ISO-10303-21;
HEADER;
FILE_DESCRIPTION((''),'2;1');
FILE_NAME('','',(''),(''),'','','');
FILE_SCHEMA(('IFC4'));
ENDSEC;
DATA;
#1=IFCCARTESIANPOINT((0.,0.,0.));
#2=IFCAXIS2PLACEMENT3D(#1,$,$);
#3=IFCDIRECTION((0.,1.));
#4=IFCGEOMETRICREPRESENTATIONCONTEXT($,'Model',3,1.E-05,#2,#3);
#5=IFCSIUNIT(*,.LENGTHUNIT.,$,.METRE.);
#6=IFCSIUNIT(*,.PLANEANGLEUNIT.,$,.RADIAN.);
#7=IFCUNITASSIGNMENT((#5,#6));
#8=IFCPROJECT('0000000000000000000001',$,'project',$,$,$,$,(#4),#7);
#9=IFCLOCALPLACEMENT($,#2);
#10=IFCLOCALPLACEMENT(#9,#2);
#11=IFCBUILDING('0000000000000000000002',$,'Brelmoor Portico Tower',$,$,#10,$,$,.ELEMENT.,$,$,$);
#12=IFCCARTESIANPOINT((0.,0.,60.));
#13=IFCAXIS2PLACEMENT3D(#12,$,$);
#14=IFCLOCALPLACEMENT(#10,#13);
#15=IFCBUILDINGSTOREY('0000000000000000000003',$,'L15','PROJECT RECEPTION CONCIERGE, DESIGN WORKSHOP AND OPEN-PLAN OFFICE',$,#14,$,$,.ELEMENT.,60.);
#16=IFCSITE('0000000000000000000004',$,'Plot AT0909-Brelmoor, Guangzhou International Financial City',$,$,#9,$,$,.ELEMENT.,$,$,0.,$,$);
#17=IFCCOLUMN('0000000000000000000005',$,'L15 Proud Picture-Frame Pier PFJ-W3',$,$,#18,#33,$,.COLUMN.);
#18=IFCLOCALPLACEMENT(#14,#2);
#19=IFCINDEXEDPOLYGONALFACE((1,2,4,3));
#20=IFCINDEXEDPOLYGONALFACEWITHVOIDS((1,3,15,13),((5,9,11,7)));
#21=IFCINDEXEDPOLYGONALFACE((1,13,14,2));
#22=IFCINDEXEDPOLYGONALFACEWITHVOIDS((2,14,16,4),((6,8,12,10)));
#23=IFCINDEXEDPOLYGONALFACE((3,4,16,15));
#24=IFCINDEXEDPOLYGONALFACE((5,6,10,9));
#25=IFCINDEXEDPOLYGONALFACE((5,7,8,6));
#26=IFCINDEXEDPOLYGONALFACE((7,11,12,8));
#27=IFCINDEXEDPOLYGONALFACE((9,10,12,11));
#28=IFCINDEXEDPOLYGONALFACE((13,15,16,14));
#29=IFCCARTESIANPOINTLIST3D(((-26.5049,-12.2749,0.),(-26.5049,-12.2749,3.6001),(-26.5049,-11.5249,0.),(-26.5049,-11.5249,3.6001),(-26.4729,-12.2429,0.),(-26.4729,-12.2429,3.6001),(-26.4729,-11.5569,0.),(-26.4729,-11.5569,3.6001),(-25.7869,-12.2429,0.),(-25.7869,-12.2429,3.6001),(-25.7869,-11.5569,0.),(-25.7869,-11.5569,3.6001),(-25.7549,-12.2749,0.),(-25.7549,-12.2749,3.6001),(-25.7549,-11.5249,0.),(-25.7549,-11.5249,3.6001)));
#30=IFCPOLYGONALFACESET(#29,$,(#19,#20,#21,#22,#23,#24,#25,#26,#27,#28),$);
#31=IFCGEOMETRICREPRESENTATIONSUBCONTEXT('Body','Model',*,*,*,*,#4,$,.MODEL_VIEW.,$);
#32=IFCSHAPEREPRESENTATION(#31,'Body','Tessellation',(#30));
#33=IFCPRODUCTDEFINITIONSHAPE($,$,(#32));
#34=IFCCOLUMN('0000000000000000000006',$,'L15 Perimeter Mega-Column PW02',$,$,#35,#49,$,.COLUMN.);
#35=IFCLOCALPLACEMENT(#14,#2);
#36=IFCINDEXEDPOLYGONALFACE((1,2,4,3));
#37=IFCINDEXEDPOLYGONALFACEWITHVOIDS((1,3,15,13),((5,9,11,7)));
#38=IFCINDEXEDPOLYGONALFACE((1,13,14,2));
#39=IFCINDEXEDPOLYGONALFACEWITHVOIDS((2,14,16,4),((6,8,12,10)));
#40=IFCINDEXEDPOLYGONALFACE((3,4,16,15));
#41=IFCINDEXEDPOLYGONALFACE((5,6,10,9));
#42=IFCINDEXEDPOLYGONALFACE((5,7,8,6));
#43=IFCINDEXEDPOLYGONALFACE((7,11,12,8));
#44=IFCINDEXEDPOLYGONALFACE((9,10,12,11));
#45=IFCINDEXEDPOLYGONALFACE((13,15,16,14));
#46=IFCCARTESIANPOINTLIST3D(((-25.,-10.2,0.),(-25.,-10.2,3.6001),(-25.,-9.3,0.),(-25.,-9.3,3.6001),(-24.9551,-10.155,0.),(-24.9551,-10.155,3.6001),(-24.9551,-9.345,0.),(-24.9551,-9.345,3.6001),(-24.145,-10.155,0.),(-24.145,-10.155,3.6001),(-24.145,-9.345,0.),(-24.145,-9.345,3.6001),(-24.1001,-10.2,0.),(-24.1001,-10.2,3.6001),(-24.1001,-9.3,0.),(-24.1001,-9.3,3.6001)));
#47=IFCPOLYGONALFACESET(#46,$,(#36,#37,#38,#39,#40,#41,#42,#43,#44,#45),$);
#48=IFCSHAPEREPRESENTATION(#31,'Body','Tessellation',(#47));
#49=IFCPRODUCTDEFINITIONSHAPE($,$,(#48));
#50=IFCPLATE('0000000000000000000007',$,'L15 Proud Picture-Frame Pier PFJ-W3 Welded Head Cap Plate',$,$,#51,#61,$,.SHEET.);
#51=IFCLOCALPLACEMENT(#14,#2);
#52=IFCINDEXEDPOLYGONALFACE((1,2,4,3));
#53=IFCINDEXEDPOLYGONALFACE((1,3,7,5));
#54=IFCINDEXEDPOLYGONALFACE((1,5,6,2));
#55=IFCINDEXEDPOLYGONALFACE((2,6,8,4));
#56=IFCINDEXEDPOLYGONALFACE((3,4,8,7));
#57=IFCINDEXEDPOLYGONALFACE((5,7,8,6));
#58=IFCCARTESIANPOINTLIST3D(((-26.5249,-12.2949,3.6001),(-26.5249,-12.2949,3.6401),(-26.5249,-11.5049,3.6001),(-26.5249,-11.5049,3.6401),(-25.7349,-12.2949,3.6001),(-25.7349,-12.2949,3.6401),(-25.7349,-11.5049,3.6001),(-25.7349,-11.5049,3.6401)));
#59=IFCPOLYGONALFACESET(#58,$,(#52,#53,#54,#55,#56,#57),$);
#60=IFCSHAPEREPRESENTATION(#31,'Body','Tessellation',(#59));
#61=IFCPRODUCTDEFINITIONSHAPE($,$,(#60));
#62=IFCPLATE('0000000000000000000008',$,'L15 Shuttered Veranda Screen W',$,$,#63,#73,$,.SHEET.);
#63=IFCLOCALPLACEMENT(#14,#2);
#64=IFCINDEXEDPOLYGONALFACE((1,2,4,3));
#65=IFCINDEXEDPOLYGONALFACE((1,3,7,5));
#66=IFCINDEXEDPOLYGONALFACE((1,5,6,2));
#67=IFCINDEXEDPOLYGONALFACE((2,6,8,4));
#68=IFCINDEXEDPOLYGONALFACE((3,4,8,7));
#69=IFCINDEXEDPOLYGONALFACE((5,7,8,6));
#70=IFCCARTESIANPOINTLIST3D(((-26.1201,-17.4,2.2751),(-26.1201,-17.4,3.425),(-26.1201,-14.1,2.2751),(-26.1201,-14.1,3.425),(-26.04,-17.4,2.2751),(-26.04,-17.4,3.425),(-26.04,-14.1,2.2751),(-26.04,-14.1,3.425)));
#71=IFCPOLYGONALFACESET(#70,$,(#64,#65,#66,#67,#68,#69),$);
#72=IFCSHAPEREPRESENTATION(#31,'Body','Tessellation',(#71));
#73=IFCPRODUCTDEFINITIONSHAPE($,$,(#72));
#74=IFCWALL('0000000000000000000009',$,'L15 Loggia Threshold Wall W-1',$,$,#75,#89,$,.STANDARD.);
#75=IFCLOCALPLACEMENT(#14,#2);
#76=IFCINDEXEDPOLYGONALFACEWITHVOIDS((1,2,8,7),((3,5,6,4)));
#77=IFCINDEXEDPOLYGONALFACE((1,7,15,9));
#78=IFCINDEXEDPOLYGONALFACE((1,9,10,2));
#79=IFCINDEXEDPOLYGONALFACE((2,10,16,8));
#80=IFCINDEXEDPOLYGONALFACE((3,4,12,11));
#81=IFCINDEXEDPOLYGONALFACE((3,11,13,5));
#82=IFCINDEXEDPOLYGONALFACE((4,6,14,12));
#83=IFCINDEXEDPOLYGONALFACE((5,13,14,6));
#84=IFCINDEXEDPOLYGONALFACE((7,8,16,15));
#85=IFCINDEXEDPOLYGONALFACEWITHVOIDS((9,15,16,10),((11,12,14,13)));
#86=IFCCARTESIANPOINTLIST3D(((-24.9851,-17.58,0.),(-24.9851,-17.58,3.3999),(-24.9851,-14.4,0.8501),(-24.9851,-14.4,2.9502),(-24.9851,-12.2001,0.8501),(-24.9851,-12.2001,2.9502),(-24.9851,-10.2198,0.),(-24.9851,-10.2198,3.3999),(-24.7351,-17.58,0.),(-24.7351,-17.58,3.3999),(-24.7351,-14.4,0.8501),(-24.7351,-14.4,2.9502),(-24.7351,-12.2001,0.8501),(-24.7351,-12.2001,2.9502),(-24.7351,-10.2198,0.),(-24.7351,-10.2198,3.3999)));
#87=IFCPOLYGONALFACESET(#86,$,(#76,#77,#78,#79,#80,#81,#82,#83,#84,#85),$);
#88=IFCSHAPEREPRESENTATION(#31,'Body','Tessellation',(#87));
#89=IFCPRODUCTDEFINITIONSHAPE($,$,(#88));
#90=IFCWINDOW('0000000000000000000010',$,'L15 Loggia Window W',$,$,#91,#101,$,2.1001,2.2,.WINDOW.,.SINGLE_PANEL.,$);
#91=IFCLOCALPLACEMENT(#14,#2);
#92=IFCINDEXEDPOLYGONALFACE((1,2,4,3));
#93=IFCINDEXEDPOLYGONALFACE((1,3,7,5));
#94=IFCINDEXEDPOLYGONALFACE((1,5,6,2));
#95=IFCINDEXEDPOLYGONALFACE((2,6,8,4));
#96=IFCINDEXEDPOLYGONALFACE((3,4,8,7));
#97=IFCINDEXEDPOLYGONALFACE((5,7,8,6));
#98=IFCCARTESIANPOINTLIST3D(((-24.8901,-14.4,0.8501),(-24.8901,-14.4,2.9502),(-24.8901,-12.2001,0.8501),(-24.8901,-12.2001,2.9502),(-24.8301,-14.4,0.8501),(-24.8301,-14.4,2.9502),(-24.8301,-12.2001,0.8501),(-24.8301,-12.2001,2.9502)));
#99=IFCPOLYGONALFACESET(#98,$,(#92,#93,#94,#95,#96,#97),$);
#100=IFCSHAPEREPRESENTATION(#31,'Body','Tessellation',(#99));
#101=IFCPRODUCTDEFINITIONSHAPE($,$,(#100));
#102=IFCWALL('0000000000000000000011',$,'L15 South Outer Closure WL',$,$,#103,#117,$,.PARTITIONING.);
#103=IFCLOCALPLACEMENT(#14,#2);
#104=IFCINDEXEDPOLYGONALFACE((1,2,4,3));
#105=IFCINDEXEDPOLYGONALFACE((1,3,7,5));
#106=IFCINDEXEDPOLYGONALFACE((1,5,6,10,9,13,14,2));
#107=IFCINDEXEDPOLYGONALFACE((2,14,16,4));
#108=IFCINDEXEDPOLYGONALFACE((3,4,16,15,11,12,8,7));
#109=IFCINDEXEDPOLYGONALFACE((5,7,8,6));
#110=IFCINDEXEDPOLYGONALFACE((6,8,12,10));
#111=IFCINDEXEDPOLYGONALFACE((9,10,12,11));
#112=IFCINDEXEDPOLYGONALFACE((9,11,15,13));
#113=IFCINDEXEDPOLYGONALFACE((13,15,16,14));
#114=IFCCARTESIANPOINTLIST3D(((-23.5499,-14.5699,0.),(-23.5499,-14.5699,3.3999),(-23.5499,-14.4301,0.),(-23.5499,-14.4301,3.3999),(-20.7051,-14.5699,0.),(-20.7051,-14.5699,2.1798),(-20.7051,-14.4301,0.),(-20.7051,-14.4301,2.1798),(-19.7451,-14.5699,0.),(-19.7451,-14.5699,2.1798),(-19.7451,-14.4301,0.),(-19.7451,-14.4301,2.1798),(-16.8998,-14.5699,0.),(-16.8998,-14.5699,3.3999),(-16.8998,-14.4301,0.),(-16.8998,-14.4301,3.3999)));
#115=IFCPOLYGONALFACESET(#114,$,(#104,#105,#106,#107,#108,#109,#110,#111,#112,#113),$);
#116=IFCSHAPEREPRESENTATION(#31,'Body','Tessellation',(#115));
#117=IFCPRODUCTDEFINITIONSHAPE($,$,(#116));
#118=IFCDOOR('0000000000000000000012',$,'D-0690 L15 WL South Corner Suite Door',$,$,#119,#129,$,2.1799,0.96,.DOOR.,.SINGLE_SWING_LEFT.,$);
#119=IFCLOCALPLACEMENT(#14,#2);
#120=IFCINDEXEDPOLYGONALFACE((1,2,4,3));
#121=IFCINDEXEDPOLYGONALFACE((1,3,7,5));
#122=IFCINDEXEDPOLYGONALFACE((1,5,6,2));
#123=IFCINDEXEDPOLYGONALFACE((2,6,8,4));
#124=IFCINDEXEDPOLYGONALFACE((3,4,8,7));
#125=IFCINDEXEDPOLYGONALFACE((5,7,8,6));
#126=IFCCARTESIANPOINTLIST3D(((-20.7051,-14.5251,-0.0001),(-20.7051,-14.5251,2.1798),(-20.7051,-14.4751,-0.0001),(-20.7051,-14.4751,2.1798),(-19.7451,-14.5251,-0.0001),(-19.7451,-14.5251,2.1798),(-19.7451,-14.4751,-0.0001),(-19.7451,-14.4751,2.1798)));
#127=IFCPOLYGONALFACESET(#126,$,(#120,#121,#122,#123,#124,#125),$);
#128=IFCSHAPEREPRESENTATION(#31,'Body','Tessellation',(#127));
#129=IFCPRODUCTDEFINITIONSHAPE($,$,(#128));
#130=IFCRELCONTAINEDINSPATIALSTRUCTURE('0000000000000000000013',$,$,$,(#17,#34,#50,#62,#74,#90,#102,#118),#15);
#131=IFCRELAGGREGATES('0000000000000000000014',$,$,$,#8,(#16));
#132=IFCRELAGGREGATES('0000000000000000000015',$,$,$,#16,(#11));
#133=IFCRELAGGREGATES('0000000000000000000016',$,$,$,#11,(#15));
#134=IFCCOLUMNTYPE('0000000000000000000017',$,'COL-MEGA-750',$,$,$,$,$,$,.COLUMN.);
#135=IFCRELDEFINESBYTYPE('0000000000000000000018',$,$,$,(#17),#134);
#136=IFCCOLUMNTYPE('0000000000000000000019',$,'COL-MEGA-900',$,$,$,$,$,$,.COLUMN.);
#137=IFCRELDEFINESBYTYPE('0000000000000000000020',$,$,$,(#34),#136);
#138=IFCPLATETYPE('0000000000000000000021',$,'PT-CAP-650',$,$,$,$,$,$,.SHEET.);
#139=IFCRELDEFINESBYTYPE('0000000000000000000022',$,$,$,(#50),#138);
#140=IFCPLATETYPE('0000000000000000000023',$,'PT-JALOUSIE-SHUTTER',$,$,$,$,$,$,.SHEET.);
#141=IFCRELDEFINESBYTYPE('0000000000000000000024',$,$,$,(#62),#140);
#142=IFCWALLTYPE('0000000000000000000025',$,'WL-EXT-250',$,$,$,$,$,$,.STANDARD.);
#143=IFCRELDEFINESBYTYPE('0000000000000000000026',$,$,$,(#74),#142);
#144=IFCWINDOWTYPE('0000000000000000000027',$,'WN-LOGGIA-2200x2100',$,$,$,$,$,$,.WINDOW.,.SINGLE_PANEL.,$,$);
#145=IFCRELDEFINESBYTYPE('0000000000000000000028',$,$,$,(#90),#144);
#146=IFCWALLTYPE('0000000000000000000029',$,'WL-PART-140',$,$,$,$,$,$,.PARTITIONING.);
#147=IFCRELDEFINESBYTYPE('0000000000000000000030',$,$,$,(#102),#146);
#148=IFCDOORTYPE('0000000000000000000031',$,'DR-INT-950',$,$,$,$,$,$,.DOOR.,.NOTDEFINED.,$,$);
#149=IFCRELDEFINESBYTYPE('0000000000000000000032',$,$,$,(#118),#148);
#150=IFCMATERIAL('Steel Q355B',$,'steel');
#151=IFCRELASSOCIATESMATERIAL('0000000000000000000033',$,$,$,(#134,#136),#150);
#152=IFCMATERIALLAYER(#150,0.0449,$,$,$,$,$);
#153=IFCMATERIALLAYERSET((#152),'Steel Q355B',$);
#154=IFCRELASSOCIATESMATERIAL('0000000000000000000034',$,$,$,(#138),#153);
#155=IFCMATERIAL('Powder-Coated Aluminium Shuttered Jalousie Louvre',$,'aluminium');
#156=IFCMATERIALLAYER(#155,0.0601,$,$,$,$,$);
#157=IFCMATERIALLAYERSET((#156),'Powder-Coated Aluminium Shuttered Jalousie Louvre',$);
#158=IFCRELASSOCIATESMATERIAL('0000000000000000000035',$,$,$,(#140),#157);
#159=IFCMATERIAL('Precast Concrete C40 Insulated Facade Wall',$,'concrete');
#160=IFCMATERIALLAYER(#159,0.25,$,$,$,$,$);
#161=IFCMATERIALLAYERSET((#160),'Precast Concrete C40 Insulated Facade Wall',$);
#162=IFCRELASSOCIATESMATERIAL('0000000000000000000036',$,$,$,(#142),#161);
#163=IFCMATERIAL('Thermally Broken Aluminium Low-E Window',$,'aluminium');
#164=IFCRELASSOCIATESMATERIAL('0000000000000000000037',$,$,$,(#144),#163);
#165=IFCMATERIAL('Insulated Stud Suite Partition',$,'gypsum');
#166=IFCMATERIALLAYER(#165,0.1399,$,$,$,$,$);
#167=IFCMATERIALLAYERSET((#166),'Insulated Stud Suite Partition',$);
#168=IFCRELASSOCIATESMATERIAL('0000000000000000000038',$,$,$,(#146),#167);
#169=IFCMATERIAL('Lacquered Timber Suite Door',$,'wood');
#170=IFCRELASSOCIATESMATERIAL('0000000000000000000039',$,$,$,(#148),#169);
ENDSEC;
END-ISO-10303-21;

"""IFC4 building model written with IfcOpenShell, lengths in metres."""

from ifc_helpers import new_model, si_unit, direction, frame, frame_2d, origin, origin_2d, place, context, subcontext, project, spatial, rectangle, hollow_rectangle, extrude, material, layer, layer_set, material_profile, profile_set, type_object, element, fill, save


model = new_model("IFC4")

# Units and contexts
model_context = context("Model", 3, precision=1e-05, world=origin(), true_north=direction((0.0, 1.0)))
body_context = subcontext(model_context, "Body", "Model", "MODEL_VIEW")
ifc_project = project(units=[si_unit("LENGTHUNIT", "METRE"), si_unit("PLANEANGLEUNIT", "RADIAN")], contexts=[model_context])

# Site, building, storey
site_placement = place(None, origin())
site = spatial("IfcSite", under=ifc_project, at=site_placement, Name="Plot AT0909-Brelmoor, Guangzhou International Financial City", CompositionType="ELEMENT", RefElevation=0.0)
building_placement = place(site_placement, origin())
building = spatial("IfcBuilding", under=site, at=building_placement, Name="Brelmoor Portico Tower", CompositionType="ELEMENT")
storey_placement = place(building_placement, frame((0.0, 0.0, 60.0)))
storey = spatial("IfcBuildingStorey", under=building, at=storey_placement, Name="L15", Description="PROJECT RECEPTION CONCIERGE, DESIGN WORKSHOP AND OPEN-PLAN OFFICE", CompositionType="ELEMENT", Elevation=60.0)

# Columns
ifc_material_1 = material(Name="Steel Q355B", Category="steel")
ifc_material_profile_1 = material_profile(ifc_material_1, hollow_rectangle(XDim=0.75, YDim=0.75, WallThickness=0.032, at=origin_2d()), Name="BOX 750x750x32")
ifc_profile_set_1 = profile_set([ifc_material_profile_1], Name="Steel Q355B")
column_type_1 = type_object("IfcColumnType", Name="COL-MEGA-750", PredefinedType="COLUMN", material=ifc_profile_set_1)
column_1_placement = place(storey_placement, frame((-26.1299, -11.8999, 0.0), z_axis=(0.0, 0.0, 1.0), x_axis=(0.0, 1.0, 0.0)))
element("IfcColumn", 1, at=column_1_placement, inside=storey, type_object=column_type_1, Name="L15 Proud Picture-Frame Pier PFJ-W3", PredefinedType="COLUMN", context=body_context, shape_type="SweptSolid", body=[
    extrude(hollow_rectangle(XDim=0.75, YDim=0.75, WallThickness=0.032, at=origin_2d()), origin(), (0.0, 0.0, 1.0), 3.6001),
])
ifc_material_profile_2 = material_profile(ifc_material_1, hollow_rectangle(XDim=0.8999, YDim=0.8999, WallThickness=0.0449, at=origin_2d()), Name="BOX 900x900x45")
ifc_profile_set_2 = profile_set([ifc_material_profile_2], Name="Steel Q355B")
column_type_2 = type_object("IfcColumnType", Name="COL-MEGA-900", PredefinedType="COLUMN", material=ifc_profile_set_2)
column_2_placement = place(storey_placement, frame((-24.55, -9.75, 0.0), z_axis=(0.0, 0.0, 1.0), x_axis=(0.0, 1.0, 0.0)))
element("IfcColumn", 2, at=column_2_placement, inside=storey, type_object=column_type_2, Name="L15 Perimeter Mega-Column PW02", PredefinedType="COLUMN", context=body_context, shape_type="SweptSolid", body=[
    extrude(hollow_rectangle(XDim=0.8999, YDim=0.8999, WallThickness=0.0449, at=origin_2d()), origin(), (0.0, 0.0, 1.0), 3.6001),
])

# Plates
ifc_layer_1 = layer(ifc_material_1, 0.0449)
ifc_layer_set_1 = layer_set([ifc_layer_1], Name="Steel Q355B")
plate_type_1 = type_object("IfcPlateType", Name="PT-CAP-650", PredefinedType="SHEET", material=ifc_layer_set_1)
plate_1_placement = place(storey_placement, frame((-26.1299, -11.8999, 3.6001), z_axis=(0.0, 0.0, 1.0), x_axis=(0.0, 1.0, 0.0)))
element("IfcPlate", 3, at=plate_1_placement, inside=storey, type_object=plate_type_1, Name="L15 Proud Picture-Frame Pier PFJ-W3 Welded Head Cap Plate", PredefinedType="SHEET", context=body_context, shape_type="SweptSolid", body=[
    extrude(rectangle(XDim=0.79, YDim=0.79, at=origin_2d()), origin(), (0.0, 0.0, 1.0), 0.04),
])
ifc_material_2 = material(Name="Powder-Coated Aluminium Shuttered Jalousie Louvre", Category="aluminium")
ifc_layer_2 = layer(ifc_material_2, 0.0601)
ifc_layer_set_2 = layer_set([ifc_layer_2], Name="Powder-Coated Aluminium Shuttered Jalousie Louvre")
plate_type_2 = type_object("IfcPlateType", Name="PT-JALOUSIE-SHUTTER", PredefinedType="SHEET", material=ifc_layer_set_2)
plate_2_placement = place(storey_placement, frame((-26.0801, -15.75, 2.2751), z_axis=(0.0, 0.0, 1.0), x_axis=(0.0, 1.0, 0.0)))
element("IfcPlate", 4, at=plate_2_placement, inside=storey, type_object=plate_type_2, Name="L15 Shuttered Veranda Screen W", PredefinedType="SHEET", context=body_context, shape_type="SweptSolid", body=[
    extrude(rectangle(XDim=3.3, YDim=0.0801, at=origin_2d()), origin(), (0.0, 0.0, 1.0), 1.1499),
])

# Wall, opening, window
ifc_material_3 = material(Name="Precast Concrete C40 Insulated Facade Wall", Category="concrete")
ifc_layer_3 = layer(ifc_material_3, 0.25)
ifc_layer_set_3 = layer_set([ifc_layer_3], Name="Precast Concrete C40 Insulated Facade Wall")
wall_type_1 = type_object("IfcWallType", Name="WL-EXT-250", PredefinedType="STANDARD", material=ifc_layer_set_3)
wall_1_placement = place(storey_placement, frame((-24.8601, -17.5801, 0.0), z_axis=(0.0, 0.0, 1.0), x_axis=(0.0, 1.0, 0.0)))
wall_1 = element("IfcWall", 5, at=wall_1_placement, inside=storey, type_object=wall_type_1, Name="L15 Loggia Threshold Wall W-1", PredefinedType="STANDARD", context=body_context, shape_type="SweptSolid", body=[
    extrude(rectangle(XDim=7.3601, YDim=0.25, at=frame_2d((3.6802, 0.0))), origin(), (0.0, 0.0, 1.0), 3.3999),
])
opening_1_placement = place(wall_1_placement, frame((3.1799, 0.0, 0.8501)))
opening_1 = element("IfcOpeningElement", 6, at=opening_1_placement, cuts=wall_1, PredefinedType="OPENING", context=body_context, shape_type="SweptSolid", body=[
    extrude(rectangle(XDim=2.2, YDim=2.1001, at=frame_2d((1.1001, 1.05))), frame((0.0, 0.135, 0.0), z_axis=(0.0, -1.0, 0.0), x_axis=(1.0, 0.0, 0.0)), (0.0, 0.0, 1.0), 0.27),
])
ifc_material_4 = material(Name="Thermally Broken Aluminium Low-E Window", Category="aluminium")
window_type = type_object("IfcWindowType", Name="WN-LOGGIA-2200x2100", PartitioningType="SINGLE_PANEL", PredefinedType="WINDOW", material=ifc_material_4)
window_placement = place(opening_1_placement, origin())
window = element("IfcWindow", 7, at=window_placement, inside=storey, type_object=window_type, Name="L15 Loggia Window W", OverallHeight=2.1001, OverallWidth=2.2, PartitioningType="SINGLE_PANEL", PredefinedType="WINDOW", context=body_context, shape_type="SweptSolid", body=[
    extrude(rectangle(XDim=2.2, YDim=2.1001, at=frame_2d((1.1001, 1.05))), frame((0.0, 0.03, 0.0), z_axis=(0.0, -1.0, 0.0), x_axis=(1.0, 0.0, 0.0)), (0.0, 0.0, 1.0), 0.0601),
])
fill(opening_1, window)

# Wall, opening, door
ifc_material_5 = material(Name="Insulated Stud Suite Partition", Category="gypsum")
ifc_layer_4 = layer(ifc_material_5, 0.1399)
ifc_layer_set_4 = layer_set([ifc_layer_4], Name="Insulated Stud Suite Partition")
wall_type_2 = type_object("IfcWallType", Name="WL-PART-140", PredefinedType="PARTITIONING", material=ifc_layer_set_4)
wall_2_placement = place(storey_placement, frame((-23.55, -14.5, 0.0), z_axis=(0.0, 0.0, 1.0), x_axis=(1.0, 0.0, 0.0)))
wall_2 = element("IfcWall", 8, at=wall_2_placement, inside=storey, type_object=wall_type_2, Name="L15 South Outer Closure WL", PredefinedType="PARTITIONING", context=body_context, shape_type="SweptSolid", body=[
    extrude(rectangle(XDim=6.6501, YDim=0.1399, at=frame_2d((3.3252, 0.0))), origin(), (0.0, 0.0, 1.0), 3.3999),
])
opening_2_placement = place(wall_2_placement, frame((2.845, 0.0, 0.0)))
opening_2 = element("IfcOpeningElement", 9, at=opening_2_placement, cuts=wall_2, PredefinedType="OPENING", context=body_context, shape_type="SweptSolid", body=[
    extrude(rectangle(XDim=0.96, YDim=2.1799, at=frame_2d((0.48, 1.0898))), frame((0.0, 0.0798, 0.0), z_axis=(0.0, -1.0, 0.0), x_axis=(1.0, 0.0, 0.0)), (0.0, 0.0, 1.0), 0.1599),
])
ifc_material_6 = material(Name="Lacquered Timber Suite Door", Category="wood")
door_type_1 = type_object("IfcDoorType", Name="DR-INT-950", OperationType="NOTDEFINED", PredefinedType="DOOR", material=ifc_material_6)
door_1_placement = place(opening_2_placement, origin())
door_1 = element("IfcDoor", 10, at=door_1_placement, inside=storey, type_object=door_type_1, Name="D-0690 L15 WL South Corner Suite Door", OperationType="SINGLE_SWING_LEFT", OverallHeight=2.1799, OverallWidth=0.96, PredefinedType="DOOR", context=body_context, shape_type="SweptSolid", body=[
    extrude(rectangle(XDim=0.96, YDim=2.1799, at=frame_2d((0.48, 1.0898))), frame((0.0, 0.0249, 0.0), z_axis=(0.0, -1.0, 0.0), x_axis=(1.0, 0.0, 0.0)), (0.0, 0.0, 1.0), 0.05),
])
fill(opening_2, door_1)

save(model, "model.ifc")
